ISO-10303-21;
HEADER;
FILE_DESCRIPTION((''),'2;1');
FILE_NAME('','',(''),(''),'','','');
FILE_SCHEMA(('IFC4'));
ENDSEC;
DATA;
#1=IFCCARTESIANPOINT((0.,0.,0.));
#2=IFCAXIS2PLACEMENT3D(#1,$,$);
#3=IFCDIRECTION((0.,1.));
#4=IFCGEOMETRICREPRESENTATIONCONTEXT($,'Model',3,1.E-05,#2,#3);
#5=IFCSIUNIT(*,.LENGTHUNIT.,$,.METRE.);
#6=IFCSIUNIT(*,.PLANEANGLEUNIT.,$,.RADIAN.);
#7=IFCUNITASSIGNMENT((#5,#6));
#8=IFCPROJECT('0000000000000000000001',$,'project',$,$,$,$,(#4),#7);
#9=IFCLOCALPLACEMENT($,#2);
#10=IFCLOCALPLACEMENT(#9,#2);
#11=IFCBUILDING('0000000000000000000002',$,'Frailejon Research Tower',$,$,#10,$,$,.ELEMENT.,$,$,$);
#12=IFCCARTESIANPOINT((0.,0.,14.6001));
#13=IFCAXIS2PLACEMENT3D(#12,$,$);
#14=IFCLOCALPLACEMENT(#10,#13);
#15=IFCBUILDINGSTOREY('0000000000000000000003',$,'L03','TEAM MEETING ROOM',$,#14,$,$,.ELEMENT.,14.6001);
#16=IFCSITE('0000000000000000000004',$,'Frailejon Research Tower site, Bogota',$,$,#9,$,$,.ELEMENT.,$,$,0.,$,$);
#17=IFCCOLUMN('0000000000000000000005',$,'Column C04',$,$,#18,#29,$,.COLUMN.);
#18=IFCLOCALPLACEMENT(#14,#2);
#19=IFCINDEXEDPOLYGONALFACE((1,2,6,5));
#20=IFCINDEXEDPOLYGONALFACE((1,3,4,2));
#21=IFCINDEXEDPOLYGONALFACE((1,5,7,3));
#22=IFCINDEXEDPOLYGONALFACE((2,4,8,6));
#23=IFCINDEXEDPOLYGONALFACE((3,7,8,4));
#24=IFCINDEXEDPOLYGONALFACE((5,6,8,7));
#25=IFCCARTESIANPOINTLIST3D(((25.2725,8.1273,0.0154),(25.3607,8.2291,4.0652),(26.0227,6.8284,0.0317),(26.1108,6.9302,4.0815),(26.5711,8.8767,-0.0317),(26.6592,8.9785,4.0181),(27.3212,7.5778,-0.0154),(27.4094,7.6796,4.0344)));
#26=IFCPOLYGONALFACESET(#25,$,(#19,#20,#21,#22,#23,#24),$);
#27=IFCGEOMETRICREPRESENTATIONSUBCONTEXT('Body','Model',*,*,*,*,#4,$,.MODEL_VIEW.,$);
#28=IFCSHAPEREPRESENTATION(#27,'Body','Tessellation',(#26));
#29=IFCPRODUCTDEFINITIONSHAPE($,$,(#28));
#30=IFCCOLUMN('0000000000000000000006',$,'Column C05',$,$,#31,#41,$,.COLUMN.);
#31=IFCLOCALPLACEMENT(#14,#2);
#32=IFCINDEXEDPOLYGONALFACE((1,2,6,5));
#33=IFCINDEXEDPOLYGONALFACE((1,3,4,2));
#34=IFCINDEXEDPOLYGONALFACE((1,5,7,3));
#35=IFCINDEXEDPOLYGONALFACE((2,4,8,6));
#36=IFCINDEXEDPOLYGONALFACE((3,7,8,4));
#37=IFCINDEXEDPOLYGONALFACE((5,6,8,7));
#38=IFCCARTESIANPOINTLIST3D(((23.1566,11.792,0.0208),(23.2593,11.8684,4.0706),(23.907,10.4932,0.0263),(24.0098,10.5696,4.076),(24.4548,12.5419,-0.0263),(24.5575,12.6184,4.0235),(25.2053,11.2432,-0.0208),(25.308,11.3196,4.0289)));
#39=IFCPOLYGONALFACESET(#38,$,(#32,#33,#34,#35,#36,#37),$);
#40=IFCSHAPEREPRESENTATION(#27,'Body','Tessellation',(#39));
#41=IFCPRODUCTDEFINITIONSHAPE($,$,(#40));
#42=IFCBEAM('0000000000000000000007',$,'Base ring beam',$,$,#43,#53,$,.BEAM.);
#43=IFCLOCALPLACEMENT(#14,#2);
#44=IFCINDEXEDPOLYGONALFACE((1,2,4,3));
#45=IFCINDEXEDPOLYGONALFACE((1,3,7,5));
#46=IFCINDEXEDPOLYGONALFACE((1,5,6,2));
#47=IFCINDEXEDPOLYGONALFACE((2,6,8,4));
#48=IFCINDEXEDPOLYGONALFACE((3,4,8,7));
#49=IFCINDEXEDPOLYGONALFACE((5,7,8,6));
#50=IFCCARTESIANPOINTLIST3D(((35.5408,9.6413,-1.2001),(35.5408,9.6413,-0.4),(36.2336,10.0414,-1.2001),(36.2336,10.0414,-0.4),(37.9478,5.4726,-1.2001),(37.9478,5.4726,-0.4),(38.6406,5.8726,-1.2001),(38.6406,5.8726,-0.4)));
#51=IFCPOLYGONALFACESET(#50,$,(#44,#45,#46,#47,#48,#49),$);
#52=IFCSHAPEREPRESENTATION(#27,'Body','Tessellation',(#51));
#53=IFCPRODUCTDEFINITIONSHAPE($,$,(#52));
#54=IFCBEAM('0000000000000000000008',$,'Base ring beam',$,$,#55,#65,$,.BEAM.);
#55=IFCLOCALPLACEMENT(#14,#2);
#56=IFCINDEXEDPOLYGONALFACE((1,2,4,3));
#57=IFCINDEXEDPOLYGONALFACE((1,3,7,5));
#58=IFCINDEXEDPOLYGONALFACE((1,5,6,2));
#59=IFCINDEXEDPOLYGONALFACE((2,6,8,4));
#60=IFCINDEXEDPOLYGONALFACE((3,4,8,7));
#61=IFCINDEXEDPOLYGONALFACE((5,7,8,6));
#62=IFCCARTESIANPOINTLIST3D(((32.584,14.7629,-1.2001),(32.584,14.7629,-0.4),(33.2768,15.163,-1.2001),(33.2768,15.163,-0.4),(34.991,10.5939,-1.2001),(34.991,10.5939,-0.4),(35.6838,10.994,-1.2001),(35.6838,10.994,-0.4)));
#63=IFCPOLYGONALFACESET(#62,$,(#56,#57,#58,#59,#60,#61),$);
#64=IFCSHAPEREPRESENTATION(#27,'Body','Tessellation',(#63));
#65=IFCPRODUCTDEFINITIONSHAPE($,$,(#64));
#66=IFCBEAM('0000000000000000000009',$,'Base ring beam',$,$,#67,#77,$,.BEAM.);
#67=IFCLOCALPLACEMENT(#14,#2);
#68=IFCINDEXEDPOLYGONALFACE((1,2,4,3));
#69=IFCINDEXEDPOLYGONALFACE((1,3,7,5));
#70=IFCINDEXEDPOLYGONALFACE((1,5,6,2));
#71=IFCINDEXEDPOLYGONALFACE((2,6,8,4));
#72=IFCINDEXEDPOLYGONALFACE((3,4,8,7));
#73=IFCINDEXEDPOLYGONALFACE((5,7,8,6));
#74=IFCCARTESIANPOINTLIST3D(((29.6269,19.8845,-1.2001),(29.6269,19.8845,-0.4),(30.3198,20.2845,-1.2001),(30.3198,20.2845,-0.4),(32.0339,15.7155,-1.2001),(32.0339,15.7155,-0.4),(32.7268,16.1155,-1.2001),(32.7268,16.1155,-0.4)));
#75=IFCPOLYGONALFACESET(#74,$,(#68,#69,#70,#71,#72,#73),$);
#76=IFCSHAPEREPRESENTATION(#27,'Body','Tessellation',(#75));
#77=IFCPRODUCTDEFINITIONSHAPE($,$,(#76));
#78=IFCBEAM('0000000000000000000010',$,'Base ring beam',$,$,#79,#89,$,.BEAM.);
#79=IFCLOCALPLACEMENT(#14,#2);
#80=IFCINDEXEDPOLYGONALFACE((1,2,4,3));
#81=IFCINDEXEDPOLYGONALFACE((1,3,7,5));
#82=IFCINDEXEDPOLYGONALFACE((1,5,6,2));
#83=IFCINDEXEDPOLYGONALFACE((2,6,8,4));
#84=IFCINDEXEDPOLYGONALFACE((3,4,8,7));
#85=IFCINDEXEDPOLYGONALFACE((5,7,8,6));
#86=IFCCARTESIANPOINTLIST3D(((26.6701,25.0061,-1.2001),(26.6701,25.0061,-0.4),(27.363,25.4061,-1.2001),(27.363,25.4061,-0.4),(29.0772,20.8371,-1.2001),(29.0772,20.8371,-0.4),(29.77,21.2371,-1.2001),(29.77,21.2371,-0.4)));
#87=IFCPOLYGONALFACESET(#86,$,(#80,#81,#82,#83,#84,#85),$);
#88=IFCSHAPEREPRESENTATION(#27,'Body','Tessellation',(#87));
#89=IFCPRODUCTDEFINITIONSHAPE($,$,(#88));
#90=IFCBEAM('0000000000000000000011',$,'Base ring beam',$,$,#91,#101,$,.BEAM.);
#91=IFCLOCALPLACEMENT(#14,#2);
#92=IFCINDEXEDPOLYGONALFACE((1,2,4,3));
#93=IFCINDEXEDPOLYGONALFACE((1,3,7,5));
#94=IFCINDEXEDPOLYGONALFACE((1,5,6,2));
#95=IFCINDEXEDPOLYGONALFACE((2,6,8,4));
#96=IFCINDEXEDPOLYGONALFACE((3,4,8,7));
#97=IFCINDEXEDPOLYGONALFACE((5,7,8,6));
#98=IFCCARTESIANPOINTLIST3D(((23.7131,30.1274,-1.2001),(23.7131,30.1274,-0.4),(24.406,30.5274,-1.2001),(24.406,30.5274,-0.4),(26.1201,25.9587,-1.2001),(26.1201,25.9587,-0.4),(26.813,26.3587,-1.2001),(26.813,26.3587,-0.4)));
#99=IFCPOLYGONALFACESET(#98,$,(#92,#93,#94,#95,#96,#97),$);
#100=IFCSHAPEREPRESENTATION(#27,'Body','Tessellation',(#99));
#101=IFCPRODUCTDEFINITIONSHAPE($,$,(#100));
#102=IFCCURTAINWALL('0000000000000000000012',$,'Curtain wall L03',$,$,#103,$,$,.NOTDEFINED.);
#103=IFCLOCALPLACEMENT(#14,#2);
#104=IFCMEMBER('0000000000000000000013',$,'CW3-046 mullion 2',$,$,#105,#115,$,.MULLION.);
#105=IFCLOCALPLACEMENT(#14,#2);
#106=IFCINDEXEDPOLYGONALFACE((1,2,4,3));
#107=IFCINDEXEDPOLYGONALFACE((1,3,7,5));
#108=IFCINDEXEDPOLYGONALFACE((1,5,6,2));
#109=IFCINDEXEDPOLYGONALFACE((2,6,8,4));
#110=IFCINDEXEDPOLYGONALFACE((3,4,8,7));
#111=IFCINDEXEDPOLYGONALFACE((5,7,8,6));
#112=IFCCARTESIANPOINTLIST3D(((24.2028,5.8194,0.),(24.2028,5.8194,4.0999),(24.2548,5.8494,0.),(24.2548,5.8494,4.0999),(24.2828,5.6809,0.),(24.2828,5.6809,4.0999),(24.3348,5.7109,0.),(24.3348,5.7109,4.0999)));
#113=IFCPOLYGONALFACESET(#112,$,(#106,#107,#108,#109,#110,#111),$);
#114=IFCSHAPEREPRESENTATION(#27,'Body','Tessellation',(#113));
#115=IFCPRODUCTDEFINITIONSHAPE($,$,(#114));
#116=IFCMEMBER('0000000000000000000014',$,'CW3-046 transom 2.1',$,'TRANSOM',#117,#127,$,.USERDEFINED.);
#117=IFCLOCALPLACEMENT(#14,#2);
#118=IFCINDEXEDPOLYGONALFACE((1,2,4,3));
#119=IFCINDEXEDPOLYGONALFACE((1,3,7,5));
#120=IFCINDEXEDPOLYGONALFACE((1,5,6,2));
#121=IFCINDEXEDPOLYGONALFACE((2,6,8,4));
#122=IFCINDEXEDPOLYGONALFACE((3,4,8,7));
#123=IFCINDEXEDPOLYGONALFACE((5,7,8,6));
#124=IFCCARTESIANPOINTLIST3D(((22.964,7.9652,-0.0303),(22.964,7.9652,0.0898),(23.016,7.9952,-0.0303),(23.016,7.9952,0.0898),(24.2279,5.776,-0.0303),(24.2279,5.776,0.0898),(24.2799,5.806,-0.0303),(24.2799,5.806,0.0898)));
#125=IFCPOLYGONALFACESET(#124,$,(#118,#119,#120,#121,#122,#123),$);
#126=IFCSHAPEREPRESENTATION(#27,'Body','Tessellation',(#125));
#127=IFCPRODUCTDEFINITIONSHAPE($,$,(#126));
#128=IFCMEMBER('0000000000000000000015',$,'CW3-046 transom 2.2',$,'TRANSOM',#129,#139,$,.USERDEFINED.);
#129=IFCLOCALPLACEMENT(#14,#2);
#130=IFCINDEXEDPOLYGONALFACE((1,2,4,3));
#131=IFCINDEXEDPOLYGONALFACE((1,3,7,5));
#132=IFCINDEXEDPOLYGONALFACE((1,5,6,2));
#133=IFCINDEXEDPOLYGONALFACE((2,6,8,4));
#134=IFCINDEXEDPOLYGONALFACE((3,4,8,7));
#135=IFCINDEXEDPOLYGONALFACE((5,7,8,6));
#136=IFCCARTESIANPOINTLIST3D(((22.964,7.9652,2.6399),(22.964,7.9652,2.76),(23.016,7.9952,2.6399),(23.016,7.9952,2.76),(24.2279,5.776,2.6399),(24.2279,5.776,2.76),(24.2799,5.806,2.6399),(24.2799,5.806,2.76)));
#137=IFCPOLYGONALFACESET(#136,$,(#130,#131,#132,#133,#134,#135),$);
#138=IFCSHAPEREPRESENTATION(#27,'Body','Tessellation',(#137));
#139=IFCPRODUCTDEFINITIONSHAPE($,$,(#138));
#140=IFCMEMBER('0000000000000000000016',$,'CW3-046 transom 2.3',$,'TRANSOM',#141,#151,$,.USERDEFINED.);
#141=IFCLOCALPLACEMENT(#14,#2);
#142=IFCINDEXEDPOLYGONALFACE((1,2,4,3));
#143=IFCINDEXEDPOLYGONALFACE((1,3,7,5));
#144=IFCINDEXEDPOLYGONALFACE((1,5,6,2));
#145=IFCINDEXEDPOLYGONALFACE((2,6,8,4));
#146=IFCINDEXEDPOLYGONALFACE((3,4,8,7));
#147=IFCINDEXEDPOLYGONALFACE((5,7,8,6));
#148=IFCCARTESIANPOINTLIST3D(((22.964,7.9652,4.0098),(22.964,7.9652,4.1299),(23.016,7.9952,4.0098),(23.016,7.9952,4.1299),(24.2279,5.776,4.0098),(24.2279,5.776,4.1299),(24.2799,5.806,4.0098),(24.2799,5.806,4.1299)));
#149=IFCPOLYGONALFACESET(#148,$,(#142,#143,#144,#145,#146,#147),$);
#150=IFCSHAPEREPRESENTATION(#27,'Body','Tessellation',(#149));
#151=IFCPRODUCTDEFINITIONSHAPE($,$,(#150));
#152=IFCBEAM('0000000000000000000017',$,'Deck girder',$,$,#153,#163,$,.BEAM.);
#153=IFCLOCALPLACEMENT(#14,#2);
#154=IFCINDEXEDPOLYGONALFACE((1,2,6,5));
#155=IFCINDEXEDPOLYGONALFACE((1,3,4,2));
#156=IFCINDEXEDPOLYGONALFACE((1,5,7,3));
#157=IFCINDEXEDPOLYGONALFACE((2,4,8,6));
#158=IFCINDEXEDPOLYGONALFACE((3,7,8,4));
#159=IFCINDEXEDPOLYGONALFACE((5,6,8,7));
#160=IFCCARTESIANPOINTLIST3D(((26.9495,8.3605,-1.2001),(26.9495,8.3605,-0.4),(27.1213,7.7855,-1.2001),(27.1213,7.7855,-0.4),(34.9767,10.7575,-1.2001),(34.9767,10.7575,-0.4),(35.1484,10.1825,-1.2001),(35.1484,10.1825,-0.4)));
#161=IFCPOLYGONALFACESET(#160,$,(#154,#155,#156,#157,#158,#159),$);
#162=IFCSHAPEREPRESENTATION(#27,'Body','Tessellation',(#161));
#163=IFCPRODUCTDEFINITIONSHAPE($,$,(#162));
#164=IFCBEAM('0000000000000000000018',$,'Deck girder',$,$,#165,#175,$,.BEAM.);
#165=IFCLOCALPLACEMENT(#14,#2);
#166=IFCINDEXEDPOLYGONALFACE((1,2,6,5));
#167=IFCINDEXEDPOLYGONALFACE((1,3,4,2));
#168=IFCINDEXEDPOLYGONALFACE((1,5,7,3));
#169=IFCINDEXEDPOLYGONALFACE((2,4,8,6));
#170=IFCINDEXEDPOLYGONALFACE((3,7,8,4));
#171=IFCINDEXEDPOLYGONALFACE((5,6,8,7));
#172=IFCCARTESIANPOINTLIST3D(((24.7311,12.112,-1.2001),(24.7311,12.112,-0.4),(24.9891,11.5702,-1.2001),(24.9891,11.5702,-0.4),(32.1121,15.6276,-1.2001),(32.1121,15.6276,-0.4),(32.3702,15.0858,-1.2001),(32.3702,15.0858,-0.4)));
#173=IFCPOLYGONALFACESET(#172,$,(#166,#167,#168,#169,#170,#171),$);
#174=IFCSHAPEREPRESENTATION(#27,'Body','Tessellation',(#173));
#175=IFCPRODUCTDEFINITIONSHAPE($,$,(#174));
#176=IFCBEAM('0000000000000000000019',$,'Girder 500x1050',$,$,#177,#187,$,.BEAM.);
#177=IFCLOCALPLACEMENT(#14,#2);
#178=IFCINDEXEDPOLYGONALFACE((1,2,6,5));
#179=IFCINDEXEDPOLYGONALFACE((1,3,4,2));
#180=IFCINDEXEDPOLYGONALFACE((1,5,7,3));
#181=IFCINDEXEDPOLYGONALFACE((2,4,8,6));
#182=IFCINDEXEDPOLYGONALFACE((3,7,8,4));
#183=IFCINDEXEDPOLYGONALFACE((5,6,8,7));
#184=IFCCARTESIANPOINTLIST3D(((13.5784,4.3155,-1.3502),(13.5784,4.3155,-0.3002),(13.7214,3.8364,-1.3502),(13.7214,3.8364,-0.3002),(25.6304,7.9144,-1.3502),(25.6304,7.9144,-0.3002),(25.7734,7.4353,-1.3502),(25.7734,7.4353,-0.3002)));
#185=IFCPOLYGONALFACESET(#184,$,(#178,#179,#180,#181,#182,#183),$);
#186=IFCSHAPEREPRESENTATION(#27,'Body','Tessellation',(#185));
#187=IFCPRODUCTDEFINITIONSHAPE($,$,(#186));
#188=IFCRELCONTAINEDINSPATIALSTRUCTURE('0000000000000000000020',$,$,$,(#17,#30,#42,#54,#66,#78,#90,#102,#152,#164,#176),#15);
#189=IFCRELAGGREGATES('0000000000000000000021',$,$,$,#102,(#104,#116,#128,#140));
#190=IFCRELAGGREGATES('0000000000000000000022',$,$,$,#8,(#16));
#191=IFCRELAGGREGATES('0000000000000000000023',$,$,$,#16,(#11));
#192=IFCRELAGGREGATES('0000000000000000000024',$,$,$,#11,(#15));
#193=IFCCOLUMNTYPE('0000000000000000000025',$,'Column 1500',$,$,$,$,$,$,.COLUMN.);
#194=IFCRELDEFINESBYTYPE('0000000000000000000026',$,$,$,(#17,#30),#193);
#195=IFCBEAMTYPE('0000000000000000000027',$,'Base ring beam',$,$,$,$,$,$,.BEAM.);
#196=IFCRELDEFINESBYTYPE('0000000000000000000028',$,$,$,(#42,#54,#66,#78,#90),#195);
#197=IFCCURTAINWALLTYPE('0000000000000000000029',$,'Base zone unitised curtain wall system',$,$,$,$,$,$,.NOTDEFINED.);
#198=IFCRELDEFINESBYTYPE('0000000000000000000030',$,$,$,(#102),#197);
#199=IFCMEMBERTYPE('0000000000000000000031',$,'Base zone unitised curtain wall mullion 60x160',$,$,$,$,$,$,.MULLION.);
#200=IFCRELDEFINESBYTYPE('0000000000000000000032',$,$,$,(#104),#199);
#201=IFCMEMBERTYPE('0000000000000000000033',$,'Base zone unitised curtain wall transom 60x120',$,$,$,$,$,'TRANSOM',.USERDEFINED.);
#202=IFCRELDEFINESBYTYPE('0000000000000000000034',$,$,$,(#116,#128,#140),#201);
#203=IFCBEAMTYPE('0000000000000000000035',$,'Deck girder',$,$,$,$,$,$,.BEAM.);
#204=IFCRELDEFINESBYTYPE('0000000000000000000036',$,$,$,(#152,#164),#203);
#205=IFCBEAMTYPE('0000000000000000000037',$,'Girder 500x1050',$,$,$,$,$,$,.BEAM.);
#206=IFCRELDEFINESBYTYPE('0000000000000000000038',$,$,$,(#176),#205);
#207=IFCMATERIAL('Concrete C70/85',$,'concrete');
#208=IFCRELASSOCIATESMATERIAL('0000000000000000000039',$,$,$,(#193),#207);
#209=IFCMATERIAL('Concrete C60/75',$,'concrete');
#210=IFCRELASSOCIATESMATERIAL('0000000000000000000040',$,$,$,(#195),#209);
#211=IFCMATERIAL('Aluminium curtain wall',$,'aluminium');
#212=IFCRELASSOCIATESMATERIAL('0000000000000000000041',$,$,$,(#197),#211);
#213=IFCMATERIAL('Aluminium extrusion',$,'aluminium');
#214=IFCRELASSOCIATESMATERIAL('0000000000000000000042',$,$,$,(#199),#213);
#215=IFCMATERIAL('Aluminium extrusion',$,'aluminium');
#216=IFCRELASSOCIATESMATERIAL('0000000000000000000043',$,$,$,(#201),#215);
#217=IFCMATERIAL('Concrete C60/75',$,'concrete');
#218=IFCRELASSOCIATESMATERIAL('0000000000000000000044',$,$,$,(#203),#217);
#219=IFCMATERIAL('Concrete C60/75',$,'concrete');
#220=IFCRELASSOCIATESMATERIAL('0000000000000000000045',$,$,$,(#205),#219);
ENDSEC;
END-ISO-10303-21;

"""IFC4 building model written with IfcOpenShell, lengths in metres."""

from ifc_helpers import new_model, si_unit, direction, frame, origin, origin_2d, place, context, subcontext, project, spatial, rectangle, extrude, material, material_profile, profile_set, type_object, element, aggregate, save


model = new_model("IFC4")

# Units and contexts
model_context = context("Model", 3, precision=1e-05, world=origin(), true_north=direction((0.0, 1.0)))
body_context = subcontext(model_context, "Body", "Model", "MODEL_VIEW")
ifc_project = project(units=[si_unit("LENGTHUNIT", "METRE"), si_unit("PLANEANGLEUNIT", "RADIAN")], contexts=[model_context])

# Site, building, storey
site_placement = place(None, origin())
site = spatial("IfcSite", under=ifc_project, at=site_placement, Name="Frailejon Research Tower site, Bogota", CompositionType="ELEMENT", RefElevation=0.0)
building_placement = place(site_placement, origin())
building = spatial("IfcBuilding", under=site, at=building_placement, Name="Frailejon Research Tower", CompositionType="ELEMENT")
storey_placement = place(building_placement, frame((0.0, 0.0, 14.6001)))
storey = spatial("IfcBuildingStorey", under=building, at=storey_placement, Name="L03", Description="TEAM MEETING ROOM", CompositionType="ELEMENT", Elevation=14.6001)

# Columns
ifc_material_1 = material(Name="Concrete C70/85", Category="concrete")
ifc_material_profile_1 = material_profile(ifc_material_1, rectangle(XDim=1.5, YDim=1.5, at=origin_2d()), Name="Column 1500")
ifc_profile_set_1 = profile_set([ifc_material_profile_1], Name="Concrete C70/85")
column_type = type_object("IfcColumnType", Name="Column 1500", PredefinedType="COLUMN", material=ifc_profile_set_1)
column_1_placement = place(storey_placement, frame((26.2969, 7.8525, 0.0), z_axis=(0.021751, 0.025125, 0.999448), x_axis=(-0.500116, 0.86589, -0.010883)))
element("IfcColumn", 1, at=column_1_placement, inside=storey, type_object=column_type, Name="Column C04", PredefinedType="COLUMN", context=body_context, shape_type="SweptSolid", body=[
    extrude(rectangle(XDim=1.5, YDim=1.5, at=origin_2d()), origin(), (0.0, 0.0, 1.0), 4.052),
])
column_2_placement = place(storey_placement, frame((24.1809, 11.5176, 0.0), z_axis=(0.025367, 0.01886, 0.9995), x_axis=(-0.500322, 0.865832, -0.003639)))
element("IfcColumn", 2, at=column_2_placement, inside=storey, type_object=column_type, Name="Column C05", PredefinedType="COLUMN", context=body_context, shape_type="SweptSolid", body=[
    extrude(rectangle(XDim=1.5, YDim=1.5, at=origin_2d()), origin(), (0.0, 0.0, 1.0), 4.0518),
])

# Beams
ifc_material_2 = material(Name="Concrete C60/75", Category="concrete")
ifc_material_profile_2 = material_profile(ifc_material_2, rectangle(XDim=0.8, YDim=0.8, at=origin_2d()), Name="Base ring beam")
ifc_profile_set_2 = profile_set([ifc_material_profile_2], Name="Concrete C60/75")
beam_type_1 = type_object("IfcBeamType", Name="Base ring beam", PredefinedType="BEAM", material=ifc_profile_set_2)
beam_1_placement = place(storey_placement, frame((38.2942, 5.6726, -0.8), z_axis=(-0.500028, 0.866009, 0.0), x_axis=(-0.866009, -0.500028, 0.0)))
element("IfcBeam", 3, at=beam_1_placement, inside=storey, type_object=beam_type_1, Name="Base ring beam", PredefinedType="BEAM", context=body_context, shape_type="SweptSolid", body=[
    extrude(rectangle(XDim=0.8, YDim=0.8, at=origin_2d()), origin(), (0.0, 0.0, 1.0), 4.8137),
])
for number, where, z_axis, x_axis, name in (
    (4, (35.3374, 10.7939, -0.8), (-0.500006, 0.866022, 0.0), (-0.866022, -0.500006, 0.0), "Base ring beam"),
    (5, (32.3804, 15.9155, -0.8), (-0.500006, 0.866022, 0.0), (-0.866022, -0.500006, 0.0), "Base ring beam"),
    (6, (29.4236, 21.0371, -0.8), (-0.500006, 0.866022, 0.0), (-0.866022, -0.500006, 0.0), "Base ring beam"),
):
    element("IfcBeam", number, at=place(storey_placement, frame(where, z_axis=z_axis, x_axis=x_axis)), inside=storey, type_object=beam_type_1, Name=name, PredefinedType="BEAM", context=body_context, shape_type="SweptSolid", body=[
        extrude(rectangle(XDim=0.8, YDim=0.8, at=origin_2d()), origin(), (0.0, 0.0, 1.0), 4.814),
    ])
beam_2_placement = place(storey_placement, frame((26.4666, 26.1587, -0.8), z_axis=(-0.500028, 0.866009, 0.0), x_axis=(-0.866009, -0.500028, 0.0)))
element("IfcBeam", 7, at=beam_2_placement, inside=storey, type_object=beam_type_1, Name="Base ring beam", PredefinedType="BEAM", context=body_context, shape_type="SweptSolid", body=[
    extrude(rectangle(XDim=0.8, YDim=0.8, at=origin_2d()), origin(), (0.0, 0.0, 1.0), 4.8137),
])

# Curtain wall, members
ifc_material_3 = material(Name="Aluminium curtain wall", Category="aluminium")
curtain_wall_type = type_object("IfcCurtainWallType", Name="Base zone unitised curtain wall system", PredefinedType="NOTDEFINED", material=ifc_material_3)
curtain_wall_placement = place(storey_placement, origin())
curtain_wall = element("IfcCurtainWall", 8, at=curtain_wall_placement, inside=storey, type_object=curtain_wall_type, Name="Curtain wall L03", PredefinedType="NOTDEFINED")
ifc_material_4 = material(Name="Aluminium extrusion", Category="aluminium")
ifc_material_profile_3 = material_profile(ifc_material_4, rectangle(XDim=0.0601, YDim=0.1599, at=origin_2d()), Name="Base zone unitised curtain wall mullion 60x160")
ifc_profile_set_3 = profile_set([ifc_material_profile_3], Name="Aluminium extrusion")
member_type_1 = type_object("IfcMemberType", Name="Base zone unitised curtain wall mullion 60x160", PredefinedType="MULLION", material=ifc_profile_set_3)
member_1_placement = place(storey_placement, frame((24.2688, 5.7651, 0.0), z_axis=(0.0, 0.0, 1.0), x_axis=(-0.866029, -0.499993, 0.0)))
member_1 = element("IfcMember", 9, at=member_1_placement, type_object=member_type_1, Name="CW3-046 mullion 2", PredefinedType="MULLION", context=body_context, shape_type="SweptSolid", body=[
    extrude(rectangle(XDim=0.0601, YDim=0.1599, at=origin_2d()), origin(), (0.0, 0.0, 1.0), 4.0999),
])
ifc_material_5 = material(Name="Aluminium extrusion", Category="aluminium")
ifc_material_profile_4 = material_profile(ifc_material_5, rectangle(XDim=0.0601, YDim=0.1201, at=origin_2d()), Name="Base zone unitised curtain wall transom 60x120")
ifc_profile_set_4 = profile_set([ifc_material_profile_4], Name="Aluminium extrusion")
member_type_2 = type_object("IfcMemberType", Name="Base zone unitised curtain wall transom 60x120", ElementType="TRANSOM", PredefinedType="USERDEFINED", material=ifc_profile_set_4)
member_2_placement = place(storey_placement, frame((24.2539, 5.791, 0.0298), z_axis=(-0.499993, 0.86603, 0.0), x_axis=(-0.86603, -0.499993, 0.0)))
member_2 = element("IfcMember", 10, at=member_2_placement, type_object=member_type_2, Name="CW3-046 transom 2.1", ObjectType="TRANSOM", PredefinedType="USERDEFINED", context=body_context, shape_type="SweptSolid", body=[
    extrude(rectangle(XDim=0.0601, YDim=0.1201, at=origin_2d()), origin(), (0.0, 0.0, 1.0), 2.5278),
])
member_3_placement = place(storey_placement, frame((24.2539, 5.791, 2.7), z_axis=(-0.499993, 0.86603, 0.0), x_axis=(-0.86603, -0.499993, 0.0)))
member_3 = element("IfcMember", 11, at=member_3_placement, type_object=member_type_2, Name="CW3-046 transom 2.2", ObjectType="TRANSOM", PredefinedType="USERDEFINED", context=body_context, shape_type="SweptSolid", body=[
    extrude(rectangle(XDim=0.0601, YDim=0.1201, at=origin_2d()), origin(), (0.0, 0.0, 1.0), 2.5278),
])
member_4_placement = place(storey_placement, frame((24.2539, 5.791, 4.0698), z_axis=(-0.499993, 0.86603, 0.0), x_axis=(-0.86603, -0.499993, 0.0)))
member_4 = element("IfcMember", 12, at=member_4_placement, type_object=member_type_2, Name="CW3-046 transom 2.3", ObjectType="TRANSOM", PredefinedType="USERDEFINED", context=body_context, shape_type="SweptSolid", body=[
    extrude(rectangle(XDim=0.0601, YDim=0.1201, at=origin_2d()), origin(), (0.0, 0.0, 1.0), 2.5278),
])
aggregate(curtain_wall, [member_1, member_2, member_3, member_4])

# Beams
ifc_material_6 = material(Name="Concrete C60/75", Category="concrete")
ifc_material_profile_5 = material_profile(ifc_material_6, rectangle(XDim=0.6001, YDim=0.8, at=origin_2d()), Name="Deck girder")
ifc_profile_set_5 = profile_set([ifc_material_profile_5], Name="Concrete C60/75")
beam_type_2 = type_object("IfcBeamType", Name="Deck girder", PredefinedType="BEAM", material=ifc_profile_set_5)
beam_3_placement = place(storey_placement, frame((27.0354, 8.073, -0.8), z_axis=(0.958192, 0.286126, 0.0), x_axis=(-0.286126, 0.958192, 0.0)))
element("IfcBeam", 13, at=beam_3_placement, inside=storey, type_object=beam_type_2, Name="Deck girder", PredefinedType="BEAM", context=body_context, shape_type="SweptSolid", body=[
    extrude(rectangle(XDim=0.6001, YDim=0.8, at=origin_2d()), origin(), (0.0, 0.0, 1.0), 8.3774),
])
beam_4_placement = place(storey_placement, frame((24.8601, 11.8411, -0.8), z_axis=(0.902822, 0.430015, 0.0), x_axis=(-0.430015, 0.902822, 0.0)))
element("IfcBeam", 14, at=beam_4_placement, inside=storey, type_object=beam_type_2, Name="Deck girder", PredefinedType="BEAM", context=body_context, shape_type="SweptSolid", body=[
    extrude(rectangle(XDim=0.6001, YDim=0.8, at=origin_2d()), origin(), (0.0, 0.0, 1.0), 8.1755),
])
ifc_material_7 = material(Name="Concrete C60/75", Category="concrete")
ifc_material_profile_6 = material_profile(ifc_material_7, rectangle(XDim=0.5, YDim=1.05, at=origin_2d()), Name="Girder 500x1050")
ifc_profile_set_6 = profile_set([ifc_material_profile_6], Name="Concrete C60/75")
beam_type_3 = type_object("IfcBeamType", Name="Girder 500x1050", PredefinedType="BEAM", material=ifc_profile_set_6)
beam_5_placement = place(storey_placement, frame((25.7019, 7.6748, -0.8252), z_axis=(-0.958191, -0.286128, 0.0), x_axis=(0.286128, -0.958191, 0.0)))
element("IfcBeam", 15, at=beam_5_placement, inside=storey, type_object=beam_type_3, Name="Girder 500x1050", PredefinedType="BEAM", context=body_context, shape_type="SweptSolid", body=[
    extrude(rectangle(XDim=0.5, YDim=1.05, at=origin_2d()), origin(), (0.0, 0.0, 1.0), 12.5779),
])

save(model, "model.ifc")
